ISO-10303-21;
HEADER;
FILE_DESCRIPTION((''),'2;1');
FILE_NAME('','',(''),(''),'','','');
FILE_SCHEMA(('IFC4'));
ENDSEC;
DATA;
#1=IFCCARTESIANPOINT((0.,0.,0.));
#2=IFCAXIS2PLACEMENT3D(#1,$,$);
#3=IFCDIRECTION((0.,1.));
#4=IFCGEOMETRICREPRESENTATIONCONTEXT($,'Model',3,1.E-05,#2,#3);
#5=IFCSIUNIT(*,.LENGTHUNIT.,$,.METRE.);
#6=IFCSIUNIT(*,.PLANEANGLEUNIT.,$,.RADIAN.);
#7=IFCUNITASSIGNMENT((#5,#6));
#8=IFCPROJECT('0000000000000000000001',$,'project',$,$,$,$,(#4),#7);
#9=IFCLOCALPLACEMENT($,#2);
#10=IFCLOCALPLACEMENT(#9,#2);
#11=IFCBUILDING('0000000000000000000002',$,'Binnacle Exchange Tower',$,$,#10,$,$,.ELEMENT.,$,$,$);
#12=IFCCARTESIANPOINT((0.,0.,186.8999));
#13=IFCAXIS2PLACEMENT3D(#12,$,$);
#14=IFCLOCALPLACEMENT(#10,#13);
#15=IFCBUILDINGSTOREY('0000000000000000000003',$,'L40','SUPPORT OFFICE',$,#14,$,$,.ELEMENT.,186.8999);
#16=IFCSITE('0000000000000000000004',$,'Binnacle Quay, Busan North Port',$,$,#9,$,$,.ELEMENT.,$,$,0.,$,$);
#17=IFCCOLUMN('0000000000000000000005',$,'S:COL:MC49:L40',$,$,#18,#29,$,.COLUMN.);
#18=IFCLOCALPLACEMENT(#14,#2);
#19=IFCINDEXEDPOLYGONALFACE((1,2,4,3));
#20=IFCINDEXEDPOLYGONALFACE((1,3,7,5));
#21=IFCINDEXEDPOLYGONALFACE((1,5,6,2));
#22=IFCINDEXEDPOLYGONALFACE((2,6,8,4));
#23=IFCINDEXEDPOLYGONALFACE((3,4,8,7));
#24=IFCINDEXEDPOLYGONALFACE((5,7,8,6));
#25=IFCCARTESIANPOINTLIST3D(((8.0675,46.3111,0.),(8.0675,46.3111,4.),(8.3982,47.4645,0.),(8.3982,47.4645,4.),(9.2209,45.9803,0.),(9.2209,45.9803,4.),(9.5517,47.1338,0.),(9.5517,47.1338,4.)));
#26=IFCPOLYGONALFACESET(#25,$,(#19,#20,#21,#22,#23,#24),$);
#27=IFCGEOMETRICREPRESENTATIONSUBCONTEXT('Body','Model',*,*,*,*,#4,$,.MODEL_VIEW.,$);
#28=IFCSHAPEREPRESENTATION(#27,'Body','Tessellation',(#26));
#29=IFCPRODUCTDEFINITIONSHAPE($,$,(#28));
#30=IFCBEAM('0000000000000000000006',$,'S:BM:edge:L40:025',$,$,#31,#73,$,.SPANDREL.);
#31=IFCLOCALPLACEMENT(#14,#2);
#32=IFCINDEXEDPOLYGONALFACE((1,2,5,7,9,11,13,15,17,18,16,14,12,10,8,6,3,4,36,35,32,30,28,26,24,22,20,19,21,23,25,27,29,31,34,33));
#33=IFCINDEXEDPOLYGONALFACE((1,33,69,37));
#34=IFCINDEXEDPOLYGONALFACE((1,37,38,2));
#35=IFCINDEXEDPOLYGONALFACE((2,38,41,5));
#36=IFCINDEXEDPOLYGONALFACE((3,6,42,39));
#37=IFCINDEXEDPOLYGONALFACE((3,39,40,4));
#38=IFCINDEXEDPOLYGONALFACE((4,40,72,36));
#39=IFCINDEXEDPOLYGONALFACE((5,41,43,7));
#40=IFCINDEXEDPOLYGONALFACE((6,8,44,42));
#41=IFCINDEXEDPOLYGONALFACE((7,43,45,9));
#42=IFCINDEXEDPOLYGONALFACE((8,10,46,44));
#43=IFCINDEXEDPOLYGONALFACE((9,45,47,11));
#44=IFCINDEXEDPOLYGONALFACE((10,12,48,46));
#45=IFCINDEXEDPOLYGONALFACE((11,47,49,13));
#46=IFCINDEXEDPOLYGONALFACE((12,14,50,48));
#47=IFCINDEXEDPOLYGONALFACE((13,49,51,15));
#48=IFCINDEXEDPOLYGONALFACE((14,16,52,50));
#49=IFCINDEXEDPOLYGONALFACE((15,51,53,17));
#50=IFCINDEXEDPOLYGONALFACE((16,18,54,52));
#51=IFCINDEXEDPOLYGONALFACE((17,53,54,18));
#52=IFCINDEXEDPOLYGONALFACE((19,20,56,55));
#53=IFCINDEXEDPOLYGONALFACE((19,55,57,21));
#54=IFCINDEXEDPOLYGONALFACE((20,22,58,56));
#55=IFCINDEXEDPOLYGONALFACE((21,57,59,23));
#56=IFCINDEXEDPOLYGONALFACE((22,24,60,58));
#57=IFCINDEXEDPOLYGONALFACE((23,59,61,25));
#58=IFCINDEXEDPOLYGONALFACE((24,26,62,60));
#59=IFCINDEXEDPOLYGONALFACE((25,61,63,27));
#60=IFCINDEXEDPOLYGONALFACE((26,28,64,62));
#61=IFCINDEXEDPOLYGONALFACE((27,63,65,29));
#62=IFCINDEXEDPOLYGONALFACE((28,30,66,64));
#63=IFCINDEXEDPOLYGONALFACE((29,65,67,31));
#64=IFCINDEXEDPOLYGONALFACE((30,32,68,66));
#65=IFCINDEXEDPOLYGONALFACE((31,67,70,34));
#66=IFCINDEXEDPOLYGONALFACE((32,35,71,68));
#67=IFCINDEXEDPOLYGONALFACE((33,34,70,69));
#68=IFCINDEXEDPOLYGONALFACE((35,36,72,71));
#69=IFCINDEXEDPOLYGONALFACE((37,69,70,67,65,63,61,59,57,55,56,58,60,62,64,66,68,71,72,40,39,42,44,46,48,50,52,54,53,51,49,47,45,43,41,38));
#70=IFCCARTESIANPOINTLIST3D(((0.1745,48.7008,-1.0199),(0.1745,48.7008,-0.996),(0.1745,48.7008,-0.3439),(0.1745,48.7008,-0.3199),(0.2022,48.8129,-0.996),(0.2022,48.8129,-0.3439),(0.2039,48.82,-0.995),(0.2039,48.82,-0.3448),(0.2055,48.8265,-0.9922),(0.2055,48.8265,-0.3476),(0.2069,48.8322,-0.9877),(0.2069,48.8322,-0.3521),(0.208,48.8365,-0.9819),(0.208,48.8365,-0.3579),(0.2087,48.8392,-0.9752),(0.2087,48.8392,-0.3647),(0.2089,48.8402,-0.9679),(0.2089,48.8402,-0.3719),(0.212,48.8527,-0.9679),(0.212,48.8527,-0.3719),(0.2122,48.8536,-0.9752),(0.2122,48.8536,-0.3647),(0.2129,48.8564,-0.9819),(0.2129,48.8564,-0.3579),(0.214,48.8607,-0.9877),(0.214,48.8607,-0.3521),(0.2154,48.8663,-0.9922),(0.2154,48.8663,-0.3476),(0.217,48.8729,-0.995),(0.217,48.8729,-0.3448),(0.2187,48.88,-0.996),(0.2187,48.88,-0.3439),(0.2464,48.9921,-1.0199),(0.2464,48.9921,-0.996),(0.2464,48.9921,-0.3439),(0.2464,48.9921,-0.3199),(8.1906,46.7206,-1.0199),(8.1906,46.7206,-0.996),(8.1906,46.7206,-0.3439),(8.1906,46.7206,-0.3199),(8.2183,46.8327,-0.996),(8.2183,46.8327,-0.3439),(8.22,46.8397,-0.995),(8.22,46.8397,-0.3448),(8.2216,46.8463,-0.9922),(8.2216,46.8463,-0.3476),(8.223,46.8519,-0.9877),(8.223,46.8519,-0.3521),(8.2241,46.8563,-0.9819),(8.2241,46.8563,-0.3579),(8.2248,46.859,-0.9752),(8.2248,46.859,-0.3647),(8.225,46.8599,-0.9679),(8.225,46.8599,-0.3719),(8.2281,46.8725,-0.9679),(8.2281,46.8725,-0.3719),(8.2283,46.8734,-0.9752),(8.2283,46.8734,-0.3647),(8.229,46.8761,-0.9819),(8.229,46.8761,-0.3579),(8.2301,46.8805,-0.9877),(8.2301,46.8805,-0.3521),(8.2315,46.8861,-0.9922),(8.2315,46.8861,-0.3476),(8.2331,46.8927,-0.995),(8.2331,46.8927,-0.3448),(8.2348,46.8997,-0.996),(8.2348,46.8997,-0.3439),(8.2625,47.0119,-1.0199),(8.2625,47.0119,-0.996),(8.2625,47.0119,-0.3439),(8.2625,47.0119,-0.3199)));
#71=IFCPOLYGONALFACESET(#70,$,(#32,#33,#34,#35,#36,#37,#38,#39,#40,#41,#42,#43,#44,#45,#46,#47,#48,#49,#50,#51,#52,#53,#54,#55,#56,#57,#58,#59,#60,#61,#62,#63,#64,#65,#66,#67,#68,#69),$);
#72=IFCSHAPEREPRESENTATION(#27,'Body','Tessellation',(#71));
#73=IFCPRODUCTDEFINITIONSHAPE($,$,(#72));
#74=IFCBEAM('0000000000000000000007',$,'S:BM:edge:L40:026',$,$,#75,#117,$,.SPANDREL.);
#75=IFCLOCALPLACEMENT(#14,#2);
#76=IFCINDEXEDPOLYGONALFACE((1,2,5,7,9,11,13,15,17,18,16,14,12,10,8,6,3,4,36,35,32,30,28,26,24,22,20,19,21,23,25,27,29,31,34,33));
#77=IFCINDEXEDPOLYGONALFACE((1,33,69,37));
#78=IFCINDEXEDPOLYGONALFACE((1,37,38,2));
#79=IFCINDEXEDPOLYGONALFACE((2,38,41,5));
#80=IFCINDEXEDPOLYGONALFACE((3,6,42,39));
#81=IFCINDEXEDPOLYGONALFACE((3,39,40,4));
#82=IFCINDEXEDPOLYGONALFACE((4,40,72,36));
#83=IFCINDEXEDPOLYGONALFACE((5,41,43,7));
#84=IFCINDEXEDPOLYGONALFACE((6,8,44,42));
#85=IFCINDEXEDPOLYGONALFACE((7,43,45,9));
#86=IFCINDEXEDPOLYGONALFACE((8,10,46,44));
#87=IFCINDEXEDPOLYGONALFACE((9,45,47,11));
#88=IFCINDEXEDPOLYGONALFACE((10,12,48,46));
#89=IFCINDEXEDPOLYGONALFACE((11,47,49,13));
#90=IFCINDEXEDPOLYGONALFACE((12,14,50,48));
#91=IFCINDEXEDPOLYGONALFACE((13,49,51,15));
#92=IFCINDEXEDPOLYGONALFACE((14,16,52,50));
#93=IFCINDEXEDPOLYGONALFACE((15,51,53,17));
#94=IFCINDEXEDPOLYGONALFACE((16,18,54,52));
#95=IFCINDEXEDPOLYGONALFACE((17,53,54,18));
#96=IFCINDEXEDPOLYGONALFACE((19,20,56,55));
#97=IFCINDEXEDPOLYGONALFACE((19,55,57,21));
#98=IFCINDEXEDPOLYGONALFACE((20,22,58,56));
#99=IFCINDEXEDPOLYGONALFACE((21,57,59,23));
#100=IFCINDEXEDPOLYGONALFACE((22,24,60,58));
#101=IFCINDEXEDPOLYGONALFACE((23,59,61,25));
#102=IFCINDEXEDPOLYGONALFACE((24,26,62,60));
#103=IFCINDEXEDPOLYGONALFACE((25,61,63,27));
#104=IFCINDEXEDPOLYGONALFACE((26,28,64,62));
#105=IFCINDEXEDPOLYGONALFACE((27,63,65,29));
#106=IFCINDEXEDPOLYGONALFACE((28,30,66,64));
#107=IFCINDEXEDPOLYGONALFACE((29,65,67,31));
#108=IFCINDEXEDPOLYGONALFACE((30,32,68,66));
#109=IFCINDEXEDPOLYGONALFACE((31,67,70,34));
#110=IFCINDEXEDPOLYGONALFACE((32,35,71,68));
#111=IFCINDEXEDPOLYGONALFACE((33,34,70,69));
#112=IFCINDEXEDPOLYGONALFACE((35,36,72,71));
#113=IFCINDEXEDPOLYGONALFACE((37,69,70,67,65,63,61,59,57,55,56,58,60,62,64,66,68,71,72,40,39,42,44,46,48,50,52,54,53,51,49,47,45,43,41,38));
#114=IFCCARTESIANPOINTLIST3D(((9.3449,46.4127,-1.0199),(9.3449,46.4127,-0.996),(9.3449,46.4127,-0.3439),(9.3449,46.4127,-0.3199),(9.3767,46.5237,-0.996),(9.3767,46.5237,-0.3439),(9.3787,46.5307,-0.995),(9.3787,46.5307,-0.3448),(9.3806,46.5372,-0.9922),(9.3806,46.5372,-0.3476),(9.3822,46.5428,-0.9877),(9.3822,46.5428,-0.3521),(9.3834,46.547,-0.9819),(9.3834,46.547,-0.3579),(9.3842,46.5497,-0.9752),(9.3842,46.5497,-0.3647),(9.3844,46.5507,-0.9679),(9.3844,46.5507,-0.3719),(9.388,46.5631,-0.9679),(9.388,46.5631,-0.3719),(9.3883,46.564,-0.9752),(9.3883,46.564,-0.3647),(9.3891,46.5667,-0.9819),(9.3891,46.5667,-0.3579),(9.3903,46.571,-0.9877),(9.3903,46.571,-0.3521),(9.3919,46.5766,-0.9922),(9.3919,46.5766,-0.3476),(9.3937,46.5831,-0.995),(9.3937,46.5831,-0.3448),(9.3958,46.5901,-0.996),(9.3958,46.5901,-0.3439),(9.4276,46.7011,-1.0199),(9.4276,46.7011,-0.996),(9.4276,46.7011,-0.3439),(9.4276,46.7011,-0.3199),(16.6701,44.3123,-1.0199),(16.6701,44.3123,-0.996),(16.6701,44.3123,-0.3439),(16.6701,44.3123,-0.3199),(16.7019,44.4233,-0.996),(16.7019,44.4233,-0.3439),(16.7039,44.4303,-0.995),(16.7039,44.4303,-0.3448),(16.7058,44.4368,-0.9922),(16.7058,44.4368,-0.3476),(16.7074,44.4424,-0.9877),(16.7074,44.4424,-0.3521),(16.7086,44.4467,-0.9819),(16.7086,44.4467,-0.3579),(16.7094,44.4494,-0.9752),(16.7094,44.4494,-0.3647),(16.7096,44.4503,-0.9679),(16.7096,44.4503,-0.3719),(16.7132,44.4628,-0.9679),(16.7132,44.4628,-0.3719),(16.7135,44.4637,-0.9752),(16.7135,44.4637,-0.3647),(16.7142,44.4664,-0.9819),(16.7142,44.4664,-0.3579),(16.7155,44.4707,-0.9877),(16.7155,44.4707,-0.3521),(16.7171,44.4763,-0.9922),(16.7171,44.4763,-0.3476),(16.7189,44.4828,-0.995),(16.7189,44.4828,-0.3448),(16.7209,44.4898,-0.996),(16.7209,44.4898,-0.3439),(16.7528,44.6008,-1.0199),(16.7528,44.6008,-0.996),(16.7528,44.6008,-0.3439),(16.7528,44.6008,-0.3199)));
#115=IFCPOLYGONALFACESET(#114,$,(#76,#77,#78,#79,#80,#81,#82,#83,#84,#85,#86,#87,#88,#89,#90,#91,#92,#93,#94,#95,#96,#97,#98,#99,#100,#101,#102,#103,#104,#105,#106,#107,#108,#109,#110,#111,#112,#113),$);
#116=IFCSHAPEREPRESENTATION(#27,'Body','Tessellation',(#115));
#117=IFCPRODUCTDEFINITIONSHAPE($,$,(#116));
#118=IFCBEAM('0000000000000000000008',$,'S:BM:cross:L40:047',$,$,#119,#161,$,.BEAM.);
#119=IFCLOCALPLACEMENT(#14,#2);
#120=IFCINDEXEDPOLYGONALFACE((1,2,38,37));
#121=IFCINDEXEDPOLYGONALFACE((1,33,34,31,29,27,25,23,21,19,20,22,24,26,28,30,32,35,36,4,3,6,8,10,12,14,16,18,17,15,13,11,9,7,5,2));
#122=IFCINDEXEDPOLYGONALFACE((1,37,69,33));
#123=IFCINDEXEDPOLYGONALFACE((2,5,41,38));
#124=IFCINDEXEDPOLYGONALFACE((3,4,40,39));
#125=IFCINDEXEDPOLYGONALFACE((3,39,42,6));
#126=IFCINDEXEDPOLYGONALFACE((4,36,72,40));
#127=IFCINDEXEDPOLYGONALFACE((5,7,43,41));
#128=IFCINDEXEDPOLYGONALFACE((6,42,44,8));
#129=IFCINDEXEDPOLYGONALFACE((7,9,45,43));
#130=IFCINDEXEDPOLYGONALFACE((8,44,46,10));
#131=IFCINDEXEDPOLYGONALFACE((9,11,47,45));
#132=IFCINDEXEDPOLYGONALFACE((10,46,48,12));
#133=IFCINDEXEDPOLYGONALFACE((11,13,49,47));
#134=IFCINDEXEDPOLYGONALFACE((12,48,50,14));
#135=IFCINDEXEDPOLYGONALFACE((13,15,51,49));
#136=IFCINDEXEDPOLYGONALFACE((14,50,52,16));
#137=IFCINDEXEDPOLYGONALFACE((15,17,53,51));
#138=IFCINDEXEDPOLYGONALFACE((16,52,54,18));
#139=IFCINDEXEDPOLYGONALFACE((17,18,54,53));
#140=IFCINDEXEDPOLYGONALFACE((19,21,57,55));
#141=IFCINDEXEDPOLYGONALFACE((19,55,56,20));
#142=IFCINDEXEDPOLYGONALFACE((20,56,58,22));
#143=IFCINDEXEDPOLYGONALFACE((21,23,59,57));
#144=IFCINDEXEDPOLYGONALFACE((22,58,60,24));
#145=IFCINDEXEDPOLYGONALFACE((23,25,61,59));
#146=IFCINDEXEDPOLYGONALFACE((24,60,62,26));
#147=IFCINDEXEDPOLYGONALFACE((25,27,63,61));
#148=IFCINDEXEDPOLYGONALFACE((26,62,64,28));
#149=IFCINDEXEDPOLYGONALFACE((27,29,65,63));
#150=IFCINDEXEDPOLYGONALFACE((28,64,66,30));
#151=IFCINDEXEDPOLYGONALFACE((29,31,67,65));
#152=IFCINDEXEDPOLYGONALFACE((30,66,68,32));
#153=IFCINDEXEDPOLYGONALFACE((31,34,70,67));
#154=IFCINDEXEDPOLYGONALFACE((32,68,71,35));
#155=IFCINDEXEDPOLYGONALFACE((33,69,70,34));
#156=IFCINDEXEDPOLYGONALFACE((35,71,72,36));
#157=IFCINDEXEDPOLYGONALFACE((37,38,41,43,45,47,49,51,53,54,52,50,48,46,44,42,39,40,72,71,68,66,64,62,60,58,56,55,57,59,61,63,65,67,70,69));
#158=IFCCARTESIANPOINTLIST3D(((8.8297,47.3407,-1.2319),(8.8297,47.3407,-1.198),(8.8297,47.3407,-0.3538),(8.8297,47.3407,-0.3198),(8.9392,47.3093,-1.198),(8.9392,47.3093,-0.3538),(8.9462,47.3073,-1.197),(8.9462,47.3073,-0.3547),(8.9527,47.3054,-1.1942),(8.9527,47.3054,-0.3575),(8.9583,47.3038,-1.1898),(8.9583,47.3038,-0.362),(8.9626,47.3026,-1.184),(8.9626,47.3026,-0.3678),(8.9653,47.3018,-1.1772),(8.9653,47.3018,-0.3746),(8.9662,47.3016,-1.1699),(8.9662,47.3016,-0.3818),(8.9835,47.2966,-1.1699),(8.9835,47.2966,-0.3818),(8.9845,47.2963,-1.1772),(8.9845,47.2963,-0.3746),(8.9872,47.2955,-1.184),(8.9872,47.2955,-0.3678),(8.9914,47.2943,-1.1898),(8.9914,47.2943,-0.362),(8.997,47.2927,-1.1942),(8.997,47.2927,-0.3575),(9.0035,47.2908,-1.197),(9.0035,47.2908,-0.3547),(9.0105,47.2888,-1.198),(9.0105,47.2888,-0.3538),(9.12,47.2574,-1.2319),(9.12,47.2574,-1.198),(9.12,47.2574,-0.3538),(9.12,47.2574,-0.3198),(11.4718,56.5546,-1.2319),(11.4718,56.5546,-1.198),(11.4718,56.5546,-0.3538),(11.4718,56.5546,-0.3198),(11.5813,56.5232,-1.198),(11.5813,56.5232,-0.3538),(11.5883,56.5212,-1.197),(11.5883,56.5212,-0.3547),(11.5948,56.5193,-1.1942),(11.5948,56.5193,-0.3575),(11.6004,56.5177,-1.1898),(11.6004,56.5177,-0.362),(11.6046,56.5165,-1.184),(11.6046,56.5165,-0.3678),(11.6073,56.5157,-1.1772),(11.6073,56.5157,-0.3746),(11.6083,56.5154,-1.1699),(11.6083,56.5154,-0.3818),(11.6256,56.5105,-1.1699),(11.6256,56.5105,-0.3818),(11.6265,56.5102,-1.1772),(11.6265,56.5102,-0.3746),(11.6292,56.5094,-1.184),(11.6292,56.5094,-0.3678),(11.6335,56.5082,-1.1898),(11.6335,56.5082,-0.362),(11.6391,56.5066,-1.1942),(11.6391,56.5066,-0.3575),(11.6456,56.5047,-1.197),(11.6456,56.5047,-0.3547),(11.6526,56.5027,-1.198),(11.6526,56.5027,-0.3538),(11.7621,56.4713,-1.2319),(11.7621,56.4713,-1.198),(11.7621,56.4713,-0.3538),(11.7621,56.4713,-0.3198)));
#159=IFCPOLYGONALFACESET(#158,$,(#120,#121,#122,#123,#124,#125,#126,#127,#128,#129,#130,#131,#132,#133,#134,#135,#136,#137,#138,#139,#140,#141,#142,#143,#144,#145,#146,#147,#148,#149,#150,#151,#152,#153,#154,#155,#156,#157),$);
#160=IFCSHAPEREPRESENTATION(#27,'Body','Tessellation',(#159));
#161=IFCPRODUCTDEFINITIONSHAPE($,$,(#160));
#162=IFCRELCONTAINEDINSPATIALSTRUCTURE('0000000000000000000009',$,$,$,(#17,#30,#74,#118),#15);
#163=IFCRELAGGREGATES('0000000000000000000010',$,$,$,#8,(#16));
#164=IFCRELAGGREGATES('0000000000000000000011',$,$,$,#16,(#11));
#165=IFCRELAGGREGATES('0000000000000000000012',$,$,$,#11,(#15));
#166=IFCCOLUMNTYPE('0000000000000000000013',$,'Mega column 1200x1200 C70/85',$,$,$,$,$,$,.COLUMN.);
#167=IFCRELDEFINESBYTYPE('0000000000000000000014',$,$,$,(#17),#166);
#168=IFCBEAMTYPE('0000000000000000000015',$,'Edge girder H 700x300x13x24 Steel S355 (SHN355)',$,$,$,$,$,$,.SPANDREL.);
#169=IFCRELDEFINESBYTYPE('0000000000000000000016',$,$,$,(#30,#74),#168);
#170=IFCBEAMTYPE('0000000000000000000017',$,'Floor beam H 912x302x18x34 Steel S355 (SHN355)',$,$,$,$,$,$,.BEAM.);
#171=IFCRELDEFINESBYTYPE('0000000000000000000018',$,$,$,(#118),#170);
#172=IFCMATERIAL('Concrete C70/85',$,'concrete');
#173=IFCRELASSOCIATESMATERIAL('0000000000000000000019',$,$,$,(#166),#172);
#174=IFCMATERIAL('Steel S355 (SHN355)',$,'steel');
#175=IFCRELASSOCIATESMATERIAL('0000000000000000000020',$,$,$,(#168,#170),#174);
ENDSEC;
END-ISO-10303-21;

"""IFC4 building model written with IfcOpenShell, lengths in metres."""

from ifc_helpers import new_model, si_unit, direction, frame, origin, origin_2d, place, context, subcontext, project, spatial, rectangle, i_section, extrude, material, material_profile, profile_set, type_object, element, save


model = new_model("IFC4")

# Units and contexts
model_context = context("Model", 3, precision=1e-05, world=origin(), true_north=direction((0.0, 1.0)))
body_context = subcontext(model_context, "Body", "Model", "MODEL_VIEW")
ifc_project = project(units=[si_unit("LENGTHUNIT", "METRE"), si_unit("PLANEANGLEUNIT", "RADIAN")], contexts=[model_context])

# Site, building, storey
site_placement = place(None, origin())
site = spatial("IfcSite", under=ifc_project, at=site_placement, Name="Binnacle Quay, Busan North Port", CompositionType="ELEMENT", RefElevation=0.0)
building_placement = place(site_placement, origin())
building = spatial("IfcBuilding", under=site, at=building_placement, Name="Binnacle Exchange Tower", CompositionType="ELEMENT")
storey_placement = place(building_placement, frame((0.0, 0.0, 186.8999)))
storey = spatial("IfcBuildingStorey", under=building, at=storey_placement, Name="L40", Description="SUPPORT OFFICE", CompositionType="ELEMENT", Elevation=186.8999)

# Column
ifc_material_1 = material(Name="Concrete C70/85", Category="concrete")
ifc_material_profile_1 = material_profile(ifc_material_1, rectangle(XDim=1.2, YDim=1.2, at=origin_2d()), Name="Mega column 1200x1200 C70/85")
ifc_profile_set_1 = profile_set([ifc_material_profile_1], Name="Concrete C70/85")
column_type = type_object("IfcColumnType", Name="Mega column 1200x1200 C70/85", PredefinedType="COLUMN", material=ifc_profile_set_1)
column_placement = place(storey_placement, frame((8.8096, 46.7224, 0.0), z_axis=(0.0, 0.0, 1.0), x_axis=(0.961262, -0.275637, 0.0)))
element("IfcColumn", 1, at=column_placement, inside=storey, type_object=column_type, Name="S:COL:MC49:L40", PredefinedType="COLUMN", context=body_context, shape_type="SweptSolid", body=[
    extrude(rectangle(XDim=1.2, YDim=1.2, at=origin_2d()), origin(), (0.0, 0.0, 1.0), 4.0),
])

# Beams
ifc_material_2 = material(Name="Steel S355 (SHN355)", Category="steel")
ifc_material_profile_2 = material_profile(ifc_material_2, i_section(OverallWidth=0.3, OverallDepth=0.7, WebThickness=0.0129, FlangeThickness=0.0239, FilletRadius=0.0281, at=origin_2d()), Name="H 700x300x13x24")
ifc_profile_set_2 = profile_set([ifc_material_profile_2], Name="Steel S355 (SHN355)")
beam_type_1 = type_object("IfcBeamType", Name="Edge girder H 700x300x13x24 Steel S355 (SHN355)", PredefinedType="SPANDREL", material=ifc_profile_set_2)
beam_1_placement = place(storey_placement, frame((0.2104, 48.8464, -0.6699), z_axis=(0.970817, -0.239821, 0.0), x_axis=(0.239821, 0.970817, 0.0)))
element("IfcBeam", 2, at=beam_1_placement, inside=storey, type_object=beam_type_1, Name="S:BM:edge:L40:025", PredefinedType="SPANDREL", context=body_context, shape_type="SweptSolid", body=[
    extrude(i_section(OverallWidth=0.3, OverallDepth=0.7, WebThickness=0.0129, FlangeThickness=0.0239, FilletRadius=0.0281, at=origin_2d()), origin(), (0.0, 0.0, 1.0), 8.2571),
])
beam_2_placement = place(storey_placement, frame((9.3862, 46.5569, -0.6699), z_axis=(0.961266, -0.275622, 0.0), x_axis=(0.275622, 0.961266, 0.0)))
element("IfcBeam", 3, at=beam_2_placement, inside=storey, type_object=beam_type_1, Name="S:BM:edge:L40:026", PredefinedType="SPANDREL", context=body_context, shape_type="SweptSolid", body=[
    extrude(i_section(OverallWidth=0.3, OverallDepth=0.7, WebThickness=0.0129, FlangeThickness=0.0239, FilletRadius=0.0281, at=origin_2d()), origin(), (0.0, 0.0, 1.0), 7.6204),
])
ifc_material_profile_3 = material_profile(ifc_material_2, i_section(OverallWidth=0.302, OverallDepth=0.9121, WebThickness=0.0181, FlangeThickness=0.0339, FilletRadius=0.0281, at=origin_2d()), Name="H 912x302x18x34")
ifc_profile_set_3 = profile_set([ifc_material_profile_3], Name="Steel S355 (SHN355)")
beam_type_2 = type_object("IfcBeamType", Name="Floor beam H 912x302x18x34 Steel S355 (SHN355)", PredefinedType="BEAM", material=ifc_profile_set_3)
beam_3_placement = place(storey_placement, frame((8.9749, 47.2991, -0.7759), z_axis=(0.275643, 0.96126, 0.0), x_axis=(-0.96126, 0.275643, 0.0)))
element("IfcBeam", 4, at=beam_3_placement, inside=storey, type_object=beam_type_2, Name="S:BM:cross:L40:047", PredefinedType="BEAM", context=body_context, shape_type="SweptSolid", body=[
    extrude(i_section(OverallWidth=0.302, OverallDepth=0.9121, WebThickness=0.0181, FlangeThickness=0.0339, FilletRadius=0.0281, at=origin_2d()), origin(), (0.0, 0.0, 1.0), 9.5852),
])

save(model, "model.ifc")
